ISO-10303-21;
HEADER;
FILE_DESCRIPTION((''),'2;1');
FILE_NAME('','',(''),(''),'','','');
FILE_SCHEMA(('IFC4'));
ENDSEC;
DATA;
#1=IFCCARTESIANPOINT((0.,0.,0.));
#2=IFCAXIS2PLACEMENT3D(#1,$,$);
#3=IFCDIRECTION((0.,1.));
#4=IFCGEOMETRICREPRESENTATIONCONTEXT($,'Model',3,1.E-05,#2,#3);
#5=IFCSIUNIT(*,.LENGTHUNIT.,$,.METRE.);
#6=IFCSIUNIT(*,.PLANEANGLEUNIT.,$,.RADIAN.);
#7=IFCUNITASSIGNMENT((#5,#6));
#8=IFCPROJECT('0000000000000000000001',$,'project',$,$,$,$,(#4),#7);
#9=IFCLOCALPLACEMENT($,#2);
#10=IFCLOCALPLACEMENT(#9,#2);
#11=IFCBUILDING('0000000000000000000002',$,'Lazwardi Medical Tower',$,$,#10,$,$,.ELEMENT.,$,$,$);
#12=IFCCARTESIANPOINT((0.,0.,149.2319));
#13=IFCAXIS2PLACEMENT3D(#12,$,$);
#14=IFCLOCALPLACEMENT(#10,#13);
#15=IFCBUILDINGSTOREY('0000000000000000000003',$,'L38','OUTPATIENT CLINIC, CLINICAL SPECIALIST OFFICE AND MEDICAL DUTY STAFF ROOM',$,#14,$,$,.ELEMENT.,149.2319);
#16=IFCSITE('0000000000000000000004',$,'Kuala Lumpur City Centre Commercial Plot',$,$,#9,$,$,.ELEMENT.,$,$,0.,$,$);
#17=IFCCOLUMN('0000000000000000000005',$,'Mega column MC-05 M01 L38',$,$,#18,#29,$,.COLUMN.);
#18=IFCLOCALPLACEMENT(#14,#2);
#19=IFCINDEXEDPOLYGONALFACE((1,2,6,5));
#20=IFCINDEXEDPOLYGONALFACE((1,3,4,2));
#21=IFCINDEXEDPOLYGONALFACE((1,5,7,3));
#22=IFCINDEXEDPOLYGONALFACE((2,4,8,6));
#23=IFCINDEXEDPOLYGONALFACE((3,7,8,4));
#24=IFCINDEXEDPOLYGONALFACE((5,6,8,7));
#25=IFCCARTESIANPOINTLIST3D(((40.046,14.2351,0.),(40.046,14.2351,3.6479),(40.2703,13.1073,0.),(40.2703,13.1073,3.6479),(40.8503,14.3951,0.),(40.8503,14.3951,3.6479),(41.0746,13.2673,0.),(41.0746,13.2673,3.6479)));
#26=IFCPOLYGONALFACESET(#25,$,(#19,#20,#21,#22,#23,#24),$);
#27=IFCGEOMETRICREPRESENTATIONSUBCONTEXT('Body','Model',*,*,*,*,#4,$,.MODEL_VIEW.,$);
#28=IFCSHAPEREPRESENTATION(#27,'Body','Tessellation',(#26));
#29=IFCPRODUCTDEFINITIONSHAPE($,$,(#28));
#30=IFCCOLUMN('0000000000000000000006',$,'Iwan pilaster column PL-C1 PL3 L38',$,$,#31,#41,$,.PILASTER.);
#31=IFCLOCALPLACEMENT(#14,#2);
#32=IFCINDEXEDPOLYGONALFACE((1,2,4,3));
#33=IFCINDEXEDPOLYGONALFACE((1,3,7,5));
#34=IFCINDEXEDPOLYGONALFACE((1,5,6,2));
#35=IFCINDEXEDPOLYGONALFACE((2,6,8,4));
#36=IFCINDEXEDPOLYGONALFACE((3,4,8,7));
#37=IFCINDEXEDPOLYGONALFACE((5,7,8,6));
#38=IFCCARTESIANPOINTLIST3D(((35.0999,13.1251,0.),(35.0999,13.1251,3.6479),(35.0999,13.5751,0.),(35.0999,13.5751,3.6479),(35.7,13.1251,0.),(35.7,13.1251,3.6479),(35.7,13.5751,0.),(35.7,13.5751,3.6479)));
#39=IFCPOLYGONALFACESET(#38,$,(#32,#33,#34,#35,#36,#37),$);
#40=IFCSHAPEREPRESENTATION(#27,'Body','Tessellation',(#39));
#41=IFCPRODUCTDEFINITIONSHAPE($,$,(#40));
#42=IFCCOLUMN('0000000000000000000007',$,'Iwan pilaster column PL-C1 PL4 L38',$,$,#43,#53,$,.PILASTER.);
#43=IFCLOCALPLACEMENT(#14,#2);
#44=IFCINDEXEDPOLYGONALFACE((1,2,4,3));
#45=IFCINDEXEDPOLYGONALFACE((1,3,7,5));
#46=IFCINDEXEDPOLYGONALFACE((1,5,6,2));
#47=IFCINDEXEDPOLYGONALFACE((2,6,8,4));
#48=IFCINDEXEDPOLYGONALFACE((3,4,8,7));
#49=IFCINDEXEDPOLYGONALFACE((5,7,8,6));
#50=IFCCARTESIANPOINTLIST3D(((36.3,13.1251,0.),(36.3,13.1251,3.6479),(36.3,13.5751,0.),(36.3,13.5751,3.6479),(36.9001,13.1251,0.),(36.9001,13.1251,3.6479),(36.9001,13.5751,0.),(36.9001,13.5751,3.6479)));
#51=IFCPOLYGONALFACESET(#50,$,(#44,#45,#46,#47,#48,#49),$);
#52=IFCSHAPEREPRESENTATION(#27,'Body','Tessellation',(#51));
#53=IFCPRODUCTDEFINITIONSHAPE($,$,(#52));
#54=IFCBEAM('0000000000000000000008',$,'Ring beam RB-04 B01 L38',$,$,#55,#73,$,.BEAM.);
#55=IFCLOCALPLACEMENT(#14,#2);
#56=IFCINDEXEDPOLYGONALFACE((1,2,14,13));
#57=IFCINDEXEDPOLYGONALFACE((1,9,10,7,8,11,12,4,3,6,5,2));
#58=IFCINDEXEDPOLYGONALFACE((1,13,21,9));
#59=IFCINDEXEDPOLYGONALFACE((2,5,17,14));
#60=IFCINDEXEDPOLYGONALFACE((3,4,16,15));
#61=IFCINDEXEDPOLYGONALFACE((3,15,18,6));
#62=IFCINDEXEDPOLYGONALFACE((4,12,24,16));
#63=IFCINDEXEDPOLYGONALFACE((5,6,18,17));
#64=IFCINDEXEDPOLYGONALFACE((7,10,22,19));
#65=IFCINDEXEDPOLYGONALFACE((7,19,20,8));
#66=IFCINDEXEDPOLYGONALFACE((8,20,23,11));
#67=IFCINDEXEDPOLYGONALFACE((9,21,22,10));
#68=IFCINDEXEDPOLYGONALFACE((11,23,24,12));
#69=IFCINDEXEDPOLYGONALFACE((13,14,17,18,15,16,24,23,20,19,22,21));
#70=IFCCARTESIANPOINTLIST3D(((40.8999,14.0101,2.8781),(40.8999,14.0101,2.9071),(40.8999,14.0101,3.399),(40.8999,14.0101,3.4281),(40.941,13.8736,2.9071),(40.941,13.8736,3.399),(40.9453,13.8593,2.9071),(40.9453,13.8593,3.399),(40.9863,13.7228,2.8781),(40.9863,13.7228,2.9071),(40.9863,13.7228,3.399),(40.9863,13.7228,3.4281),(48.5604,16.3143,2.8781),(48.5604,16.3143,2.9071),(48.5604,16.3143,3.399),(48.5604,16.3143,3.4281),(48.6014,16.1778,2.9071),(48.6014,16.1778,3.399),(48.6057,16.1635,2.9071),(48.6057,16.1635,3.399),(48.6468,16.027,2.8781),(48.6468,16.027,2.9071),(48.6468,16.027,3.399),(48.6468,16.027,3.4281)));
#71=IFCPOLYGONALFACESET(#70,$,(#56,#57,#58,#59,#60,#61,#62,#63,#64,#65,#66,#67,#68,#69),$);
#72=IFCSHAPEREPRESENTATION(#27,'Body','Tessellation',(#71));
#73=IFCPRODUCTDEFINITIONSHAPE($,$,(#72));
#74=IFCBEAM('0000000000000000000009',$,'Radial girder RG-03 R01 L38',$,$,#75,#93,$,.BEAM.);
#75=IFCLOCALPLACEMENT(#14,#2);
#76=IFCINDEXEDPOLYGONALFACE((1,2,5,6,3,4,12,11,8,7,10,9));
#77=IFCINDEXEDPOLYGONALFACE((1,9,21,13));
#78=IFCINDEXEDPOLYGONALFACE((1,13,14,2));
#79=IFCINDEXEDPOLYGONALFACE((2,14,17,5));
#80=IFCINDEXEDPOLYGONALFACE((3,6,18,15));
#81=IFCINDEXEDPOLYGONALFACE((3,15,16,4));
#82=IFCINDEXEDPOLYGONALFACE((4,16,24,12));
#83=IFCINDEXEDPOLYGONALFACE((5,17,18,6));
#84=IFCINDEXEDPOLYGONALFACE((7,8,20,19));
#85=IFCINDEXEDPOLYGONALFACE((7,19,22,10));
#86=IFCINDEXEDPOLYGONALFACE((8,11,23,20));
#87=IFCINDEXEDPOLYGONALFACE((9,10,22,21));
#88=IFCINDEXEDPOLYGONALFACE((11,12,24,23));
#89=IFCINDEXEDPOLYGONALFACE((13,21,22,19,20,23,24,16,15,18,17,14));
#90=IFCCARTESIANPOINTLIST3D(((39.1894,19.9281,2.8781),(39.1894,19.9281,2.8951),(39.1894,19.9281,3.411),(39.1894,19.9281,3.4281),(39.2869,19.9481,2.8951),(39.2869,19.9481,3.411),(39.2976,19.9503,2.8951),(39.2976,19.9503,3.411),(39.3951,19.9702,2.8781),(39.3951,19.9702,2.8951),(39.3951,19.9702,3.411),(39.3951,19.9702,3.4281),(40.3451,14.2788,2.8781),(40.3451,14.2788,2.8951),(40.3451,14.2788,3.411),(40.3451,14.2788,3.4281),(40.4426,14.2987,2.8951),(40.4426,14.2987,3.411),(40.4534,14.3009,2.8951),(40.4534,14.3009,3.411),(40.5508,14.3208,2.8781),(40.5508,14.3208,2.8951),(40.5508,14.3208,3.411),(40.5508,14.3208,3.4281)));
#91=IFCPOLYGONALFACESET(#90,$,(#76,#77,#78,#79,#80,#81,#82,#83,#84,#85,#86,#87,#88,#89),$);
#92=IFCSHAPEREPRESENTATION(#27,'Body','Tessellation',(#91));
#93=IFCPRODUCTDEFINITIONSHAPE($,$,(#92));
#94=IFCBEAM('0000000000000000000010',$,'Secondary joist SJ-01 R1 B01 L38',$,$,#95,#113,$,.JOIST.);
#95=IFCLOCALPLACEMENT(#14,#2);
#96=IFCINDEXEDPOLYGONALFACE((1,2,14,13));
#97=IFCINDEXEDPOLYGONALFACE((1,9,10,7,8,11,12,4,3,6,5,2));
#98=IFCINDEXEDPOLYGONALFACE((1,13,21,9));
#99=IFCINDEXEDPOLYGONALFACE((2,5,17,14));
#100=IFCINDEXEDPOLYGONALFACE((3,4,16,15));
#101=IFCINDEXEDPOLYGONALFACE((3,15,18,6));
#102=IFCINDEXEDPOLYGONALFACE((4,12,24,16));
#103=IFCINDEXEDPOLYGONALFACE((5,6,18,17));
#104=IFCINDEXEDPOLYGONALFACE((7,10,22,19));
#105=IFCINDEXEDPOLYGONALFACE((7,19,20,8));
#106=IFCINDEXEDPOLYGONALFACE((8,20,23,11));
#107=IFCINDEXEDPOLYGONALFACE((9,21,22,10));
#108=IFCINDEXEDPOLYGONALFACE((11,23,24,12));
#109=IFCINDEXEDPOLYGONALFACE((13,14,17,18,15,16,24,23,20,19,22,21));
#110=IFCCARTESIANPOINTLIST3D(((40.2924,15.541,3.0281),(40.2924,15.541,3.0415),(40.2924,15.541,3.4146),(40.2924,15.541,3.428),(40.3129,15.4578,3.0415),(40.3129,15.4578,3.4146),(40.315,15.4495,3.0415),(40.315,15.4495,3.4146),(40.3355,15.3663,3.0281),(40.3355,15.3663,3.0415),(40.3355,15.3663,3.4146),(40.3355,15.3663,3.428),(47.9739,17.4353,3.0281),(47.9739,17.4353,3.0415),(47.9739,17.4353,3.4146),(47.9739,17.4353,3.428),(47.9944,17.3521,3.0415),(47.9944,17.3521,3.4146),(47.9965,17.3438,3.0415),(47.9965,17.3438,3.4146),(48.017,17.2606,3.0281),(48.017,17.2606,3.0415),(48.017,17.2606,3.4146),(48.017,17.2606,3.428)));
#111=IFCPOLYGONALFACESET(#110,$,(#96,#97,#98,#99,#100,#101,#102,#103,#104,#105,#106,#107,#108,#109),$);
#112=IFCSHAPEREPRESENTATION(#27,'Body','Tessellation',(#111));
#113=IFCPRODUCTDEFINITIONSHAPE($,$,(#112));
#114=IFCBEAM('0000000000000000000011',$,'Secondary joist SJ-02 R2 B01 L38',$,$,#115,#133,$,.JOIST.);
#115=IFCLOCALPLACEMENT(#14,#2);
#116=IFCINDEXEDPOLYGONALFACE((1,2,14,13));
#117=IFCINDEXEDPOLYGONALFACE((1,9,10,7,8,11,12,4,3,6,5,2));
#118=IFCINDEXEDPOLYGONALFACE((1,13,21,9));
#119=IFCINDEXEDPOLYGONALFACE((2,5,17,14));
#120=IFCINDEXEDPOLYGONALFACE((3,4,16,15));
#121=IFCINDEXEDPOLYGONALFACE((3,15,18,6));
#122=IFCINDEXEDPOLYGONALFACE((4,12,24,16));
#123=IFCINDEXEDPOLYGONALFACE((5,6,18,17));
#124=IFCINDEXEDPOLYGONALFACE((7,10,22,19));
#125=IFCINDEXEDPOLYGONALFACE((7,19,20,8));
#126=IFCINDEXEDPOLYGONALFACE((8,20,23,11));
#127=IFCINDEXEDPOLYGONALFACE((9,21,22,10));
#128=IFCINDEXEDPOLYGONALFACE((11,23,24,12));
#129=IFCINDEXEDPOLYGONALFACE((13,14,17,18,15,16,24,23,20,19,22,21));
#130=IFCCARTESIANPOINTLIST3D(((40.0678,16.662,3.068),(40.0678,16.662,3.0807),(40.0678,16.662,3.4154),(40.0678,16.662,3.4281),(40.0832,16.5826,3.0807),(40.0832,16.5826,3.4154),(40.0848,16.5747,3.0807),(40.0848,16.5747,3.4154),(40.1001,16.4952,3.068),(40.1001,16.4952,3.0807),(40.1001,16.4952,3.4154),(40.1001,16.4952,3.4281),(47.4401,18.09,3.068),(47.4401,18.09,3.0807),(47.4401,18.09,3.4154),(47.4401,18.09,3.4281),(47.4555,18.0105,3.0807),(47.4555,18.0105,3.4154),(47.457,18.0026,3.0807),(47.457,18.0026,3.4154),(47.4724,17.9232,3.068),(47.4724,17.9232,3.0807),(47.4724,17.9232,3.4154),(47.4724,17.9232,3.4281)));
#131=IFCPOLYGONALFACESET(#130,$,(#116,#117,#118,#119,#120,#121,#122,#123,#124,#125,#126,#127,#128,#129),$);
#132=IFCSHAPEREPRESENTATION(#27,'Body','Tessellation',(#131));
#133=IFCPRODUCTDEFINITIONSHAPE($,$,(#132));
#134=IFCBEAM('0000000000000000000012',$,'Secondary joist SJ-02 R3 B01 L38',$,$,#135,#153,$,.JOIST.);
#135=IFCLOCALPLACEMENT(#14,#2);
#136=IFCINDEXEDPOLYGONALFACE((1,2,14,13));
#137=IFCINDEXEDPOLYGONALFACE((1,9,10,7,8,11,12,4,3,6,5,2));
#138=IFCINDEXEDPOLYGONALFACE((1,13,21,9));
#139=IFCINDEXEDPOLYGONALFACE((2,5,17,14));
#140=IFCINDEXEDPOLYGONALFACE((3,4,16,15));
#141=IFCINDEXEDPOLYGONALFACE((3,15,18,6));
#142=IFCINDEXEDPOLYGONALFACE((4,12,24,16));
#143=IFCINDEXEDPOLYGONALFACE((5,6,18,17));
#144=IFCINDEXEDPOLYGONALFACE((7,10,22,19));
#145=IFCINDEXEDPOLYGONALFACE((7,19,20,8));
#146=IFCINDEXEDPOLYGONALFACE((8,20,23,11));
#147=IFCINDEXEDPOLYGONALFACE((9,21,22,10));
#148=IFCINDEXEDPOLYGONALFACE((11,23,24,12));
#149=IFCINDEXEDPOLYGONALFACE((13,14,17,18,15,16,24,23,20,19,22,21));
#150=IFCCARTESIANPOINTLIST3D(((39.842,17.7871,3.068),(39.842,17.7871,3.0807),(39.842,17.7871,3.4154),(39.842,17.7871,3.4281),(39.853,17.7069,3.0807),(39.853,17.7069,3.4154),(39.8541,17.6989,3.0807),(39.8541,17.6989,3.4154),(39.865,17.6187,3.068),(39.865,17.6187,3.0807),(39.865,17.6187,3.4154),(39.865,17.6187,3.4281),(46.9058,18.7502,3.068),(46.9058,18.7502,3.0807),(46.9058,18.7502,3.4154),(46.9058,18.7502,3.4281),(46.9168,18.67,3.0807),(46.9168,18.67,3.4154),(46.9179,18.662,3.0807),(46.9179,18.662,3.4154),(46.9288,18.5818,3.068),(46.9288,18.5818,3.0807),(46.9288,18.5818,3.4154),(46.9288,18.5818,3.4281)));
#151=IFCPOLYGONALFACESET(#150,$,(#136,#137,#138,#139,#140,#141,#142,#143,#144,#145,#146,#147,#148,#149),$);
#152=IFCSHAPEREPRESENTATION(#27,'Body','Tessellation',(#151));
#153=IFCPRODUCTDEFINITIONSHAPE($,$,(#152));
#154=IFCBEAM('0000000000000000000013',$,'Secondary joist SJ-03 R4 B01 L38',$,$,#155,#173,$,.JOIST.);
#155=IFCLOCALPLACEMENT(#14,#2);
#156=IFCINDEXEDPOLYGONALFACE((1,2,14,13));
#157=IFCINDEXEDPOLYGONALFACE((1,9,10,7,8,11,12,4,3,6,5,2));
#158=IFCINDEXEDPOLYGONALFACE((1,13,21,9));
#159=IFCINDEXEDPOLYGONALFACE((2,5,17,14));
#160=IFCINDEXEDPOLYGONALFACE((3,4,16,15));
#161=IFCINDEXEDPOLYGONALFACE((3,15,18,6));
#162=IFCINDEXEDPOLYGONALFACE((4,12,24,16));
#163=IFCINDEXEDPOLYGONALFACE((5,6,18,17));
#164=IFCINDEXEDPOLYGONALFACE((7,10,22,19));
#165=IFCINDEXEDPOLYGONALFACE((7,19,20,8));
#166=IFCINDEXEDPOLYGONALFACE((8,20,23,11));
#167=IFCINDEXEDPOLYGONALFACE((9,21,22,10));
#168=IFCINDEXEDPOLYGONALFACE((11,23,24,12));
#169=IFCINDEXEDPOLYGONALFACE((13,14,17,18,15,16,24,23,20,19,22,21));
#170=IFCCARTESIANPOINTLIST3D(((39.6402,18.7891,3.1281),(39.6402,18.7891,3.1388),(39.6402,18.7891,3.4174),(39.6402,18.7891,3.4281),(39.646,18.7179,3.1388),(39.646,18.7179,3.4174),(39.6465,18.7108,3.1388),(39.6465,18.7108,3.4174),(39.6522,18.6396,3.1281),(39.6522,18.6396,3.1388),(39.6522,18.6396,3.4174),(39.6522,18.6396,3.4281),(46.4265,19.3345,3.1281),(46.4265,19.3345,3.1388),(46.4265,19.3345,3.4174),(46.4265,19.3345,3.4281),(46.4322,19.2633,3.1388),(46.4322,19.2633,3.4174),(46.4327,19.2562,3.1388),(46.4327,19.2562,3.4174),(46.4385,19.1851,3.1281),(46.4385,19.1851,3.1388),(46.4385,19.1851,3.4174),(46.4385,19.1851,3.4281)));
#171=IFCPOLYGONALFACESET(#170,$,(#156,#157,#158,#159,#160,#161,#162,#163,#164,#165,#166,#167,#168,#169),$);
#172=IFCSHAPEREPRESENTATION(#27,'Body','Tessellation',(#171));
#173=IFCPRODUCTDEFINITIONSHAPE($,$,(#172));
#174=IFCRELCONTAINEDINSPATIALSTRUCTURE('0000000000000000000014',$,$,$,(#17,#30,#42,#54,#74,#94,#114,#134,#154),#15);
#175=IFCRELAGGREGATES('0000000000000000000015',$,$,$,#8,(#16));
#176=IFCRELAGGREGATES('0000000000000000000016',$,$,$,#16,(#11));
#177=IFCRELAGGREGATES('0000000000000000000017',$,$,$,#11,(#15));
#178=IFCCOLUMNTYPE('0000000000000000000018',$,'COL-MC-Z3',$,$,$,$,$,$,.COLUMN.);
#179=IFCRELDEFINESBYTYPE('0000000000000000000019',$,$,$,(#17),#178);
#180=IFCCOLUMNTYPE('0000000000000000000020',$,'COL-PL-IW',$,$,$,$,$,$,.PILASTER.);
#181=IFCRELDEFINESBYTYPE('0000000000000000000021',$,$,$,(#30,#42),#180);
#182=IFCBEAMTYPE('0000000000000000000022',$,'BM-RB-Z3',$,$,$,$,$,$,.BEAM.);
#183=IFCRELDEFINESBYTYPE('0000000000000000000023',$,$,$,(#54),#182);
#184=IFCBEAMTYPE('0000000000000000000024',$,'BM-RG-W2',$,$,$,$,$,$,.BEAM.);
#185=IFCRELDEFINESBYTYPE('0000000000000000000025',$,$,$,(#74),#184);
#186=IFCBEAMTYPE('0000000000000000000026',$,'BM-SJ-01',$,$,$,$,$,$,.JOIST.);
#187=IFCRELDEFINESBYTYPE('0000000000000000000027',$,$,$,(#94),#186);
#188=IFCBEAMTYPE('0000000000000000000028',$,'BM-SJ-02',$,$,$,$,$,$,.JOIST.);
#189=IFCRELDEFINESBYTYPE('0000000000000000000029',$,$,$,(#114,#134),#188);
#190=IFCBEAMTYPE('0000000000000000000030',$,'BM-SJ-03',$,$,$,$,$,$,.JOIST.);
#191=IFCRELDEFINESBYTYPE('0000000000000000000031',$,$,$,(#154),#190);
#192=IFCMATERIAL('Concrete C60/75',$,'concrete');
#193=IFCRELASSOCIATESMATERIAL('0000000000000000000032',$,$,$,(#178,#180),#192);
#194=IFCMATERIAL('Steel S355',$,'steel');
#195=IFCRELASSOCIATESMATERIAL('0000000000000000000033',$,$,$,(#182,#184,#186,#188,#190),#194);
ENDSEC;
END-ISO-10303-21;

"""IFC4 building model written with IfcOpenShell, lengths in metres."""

from ifc_helpers import new_model, si_unit, direction, frame, origin, origin_2d, place, context, subcontext, project, spatial, rectangle, i_section, extrude, material, material_profile, profile_set, type_object, element, save


model = new_model("IFC4")

# Units and contexts
model_context = context("Model", 3, precision=1e-05, world=origin(), true_north=direction((0.0, 1.0)))
body_context = subcontext(model_context, "Body", "Model", "MODEL_VIEW")
ifc_project = project(units=[si_unit("LENGTHUNIT", "METRE"), si_unit("PLANEANGLEUNIT", "RADIAN")], contexts=[model_context])

# Site, building, storey
site_placement = place(None, origin())
site = spatial("IfcSite", under=ifc_project, at=site_placement, Name="Kuala Lumpur City Centre Commercial Plot", CompositionType="ELEMENT", RefElevation=0.0)
building_placement = place(site_placement, origin())
building = spatial("IfcBuilding", under=site, at=building_placement, Name="Lazwardi Medical Tower", CompositionType="ELEMENT")
storey_placement = place(building_placement, frame((0.0, 0.0, 149.2319)))
storey = spatial("IfcBuildingStorey", under=building, at=storey_placement, Name="L38", Description="OUTPATIENT CLINIC, CLINICAL SPECIALIST OFFICE AND MEDICAL DUTY STAFF ROOM", CompositionType="ELEMENT", Elevation=149.2319)

# Columns
ifc_material_1 = material(Name="Concrete C60/75", Category="concrete")
ifc_material_profile_1 = material_profile(ifc_material_1, rectangle(XDim=1.1499, YDim=0.8201, at=origin_2d()), Name="CFT-RECT 1150x820")
ifc_profile_set_1 = profile_set([ifc_material_profile_1], Name="Concrete C60/75")
column_type_1 = type_object("IfcColumnType", Name="COL-MC-Z3", PredefinedType="COLUMN", material=ifc_profile_set_1)
column_placement = place(storey_placement, frame((40.5603, 13.7512, 0.0), z_axis=(0.0, 0.0, 1.0), x_axis=(0.19509, -0.980785, 0.0)))
element("IfcColumn", 1, at=column_placement, inside=storey, type_object=column_type_1, Name="Mega column MC-05 M01 L38", PredefinedType="COLUMN", context=body_context, shape_type="SweptSolid", body=[
    extrude(rectangle(XDim=1.1499, YDim=0.8201, at=origin_2d()), origin(), (0.0, 0.0, 1.0), 3.6479),
])
ifc_material_profile_2 = material_profile(ifc_material_1, rectangle(XDim=0.6001, YDim=0.45, at=origin_2d()), Name="RC 600x450")
ifc_profile_set_2 = profile_set([ifc_material_profile_2], Name="Concrete C60/75")
column_type_2 = type_object("IfcColumnType", Name="COL-PL-IW", PredefinedType="PILASTER", material=ifc_profile_set_2)
for number, where, z_axis, x_axis, name in (
    (2, (35.3999, 13.3501, 0.0), (0.0, 0.0, 1.0), (1.0, 0.0, 0.0), "Iwan pilaster column PL-C1 PL3 L38"),
    (3, (36.6001, 13.3501, 0.0), (0.0, 0.0, 1.0), (1.0, 0.0, 0.0), "Iwan pilaster column PL-C1 PL4 L38"),
):
    element("IfcColumn", number, at=place(storey_placement, frame(where, z_axis=z_axis, x_axis=x_axis)), inside=storey, type_object=column_type_2, Name=name, PredefinedType="PILASTER", context=body_context, shape_type="SweptSolid", body=[
        extrude(rectangle(XDim=0.6001, YDim=0.45, at=origin_2d()), origin(), (0.0, 0.0, 1.0), 3.6479),
    ])

# Beams
ifc_material_2 = material(Name="Steel S355", Category="steel")
ifc_material_profile_3 = material_profile(ifc_material_2, i_section(OverallWidth=0.3, OverallDepth=0.55, WebThickness=0.0149, FlangeThickness=0.0291, at=origin_2d()), Name="HEB 550")
ifc_profile_set_3 = profile_set([ifc_material_profile_3], Name="Steel S355")
beam_type_1 = type_object("IfcBeamType", Name="BM-RB-Z3", PredefinedType="BEAM", material=ifc_profile_set_3)
beam_1_placement = place(storey_placement, frame((40.9431, 13.8665, 3.1531), z_axis=(0.957617, 0.288045, 0.0), x_axis=(-0.288045, 0.957617, 0.0)))
element("IfcBeam", 4, at=beam_1_placement, inside=storey, type_object=beam_type_1, Name="Ring beam RB-04 B01 L38", PredefinedType="BEAM", context=body_context, shape_type="SweptSolid", body=[
    extrude(i_section(OverallWidth=0.3, OverallDepth=0.55, WebThickness=0.0149, FlangeThickness=0.0291, at=origin_2d()), origin(), (0.0, 0.0, 1.0), 7.9995),
])
ifc_material_profile_4 = material_profile(ifc_material_2, i_section(OverallWidth=0.21, OverallDepth=0.55, WebThickness=0.011, FlangeThickness=0.0171, at=origin_2d()), Name="IPE 550")
ifc_profile_set_4 = profile_set([ifc_material_profile_4], Name="Steel S355")
beam_type_2 = type_object("IfcBeamType", Name="BM-RG-W2", PredefinedType="BEAM", material=ifc_profile_set_4)
beam_2_placement = place(storey_placement, frame((40.448, 14.2998, 3.1531), z_axis=(-0.200429, 0.979708, 0.0), x_axis=(-0.979708, -0.200429, 0.0)))
element("IfcBeam", 5, at=beam_2_placement, inside=storey, type_object=beam_type_2, Name="Radial girder RG-03 R01 L38", PredefinedType="BEAM", context=body_context, shape_type="SweptSolid", body=[
    extrude(i_section(OverallWidth=0.21, OverallDepth=0.55, WebThickness=0.011, FlangeThickness=0.0171, at=origin_2d()), origin(), (0.0, 0.0, 1.0), 5.7664),
])
ifc_material_profile_5 = material_profile(ifc_material_2, i_section(OverallWidth=0.1799, OverallDepth=0.3999, WebThickness=0.0085, FlangeThickness=0.0134, at=origin_2d()), Name="IPE 400")
ifc_profile_set_5 = profile_set([ifc_material_profile_5], Name="Steel S355")
beam_type_3 = type_object("IfcBeamType", Name="BM-SJ-01", PredefinedType="JOIST", material=ifc_profile_set_5)
beam_3_placement = place(storey_placement, frame((40.314, 15.4536, 3.228), z_axis=(0.970913, 0.239434, 0.0), x_axis=(-0.239434, 0.970913, 0.0)))
element("IfcBeam", 6, at=beam_3_placement, inside=storey, type_object=beam_type_3, Name="Secondary joist SJ-01 R1 B01 L38", PredefinedType="JOIST", context=body_context, shape_type="SweptSolid", body=[
    extrude(i_section(OverallWidth=0.1799, OverallDepth=0.3999, WebThickness=0.0085, FlangeThickness=0.0134, at=origin_2d()), origin(), (0.0, 0.0, 1.0), 7.9116),
])
ifc_material_profile_6 = material_profile(ifc_material_2, i_section(OverallWidth=0.1699, OverallDepth=0.3601, WebThickness=0.0081, FlangeThickness=0.0127, at=origin_2d()), Name="IPE 360")
ifc_profile_set_6 = profile_set([ifc_material_profile_6], Name="Steel S355")
beam_type_4 = type_object("IfcBeamType", Name="BM-SJ-02", PredefinedType="JOIST", material=ifc_profile_set_6)
beam_4_placement = place(storey_placement, frame((40.084, 16.5786, 3.248), z_axis=(0.981753, 0.19016, 0.0), x_axis=(-0.19016, 0.981753, 0.0)))
element("IfcBeam", 7, at=beam_4_placement, inside=storey, type_object=beam_type_4, Name="Secondary joist SJ-02 R2 B01 L38", PredefinedType="JOIST", context=body_context, shape_type="SweptSolid", body=[
    extrude(i_section(OverallWidth=0.1699, OverallDepth=0.3601, WebThickness=0.0081, FlangeThickness=0.0127, at=origin_2d()), origin(), (0.0, 0.0, 1.0), 7.5093),
])
beam_5_placement = place(storey_placement, frame((39.8535, 17.7029, 3.248), z_axis=(0.990832, 0.135099, 0.0), x_axis=(-0.135099, 0.990832, 0.0)))
element("IfcBeam", 8, at=beam_5_placement, inside=storey, type_object=beam_type_4, Name="Secondary joist SJ-02 R3 B01 L38", PredefinedType="JOIST", context=body_context, shape_type="SweptSolid", body=[
    extrude(i_section(OverallWidth=0.1699, OverallDepth=0.3601, WebThickness=0.0081, FlangeThickness=0.0127, at=origin_2d()), origin(), (0.0, 0.0, 1.0), 7.1292),
])
ifc_material_profile_7 = material_profile(ifc_material_2, i_section(OverallWidth=0.1499, OverallDepth=0.3, WebThickness=0.0071, FlangeThickness=0.0107, at=origin_2d()), Name="IPE 300")
ifc_profile_set_7 = profile_set([ifc_material_profile_7], Name="Steel S355")
beam_type_5 = type_object("IfcBeamType", Name="BM-SJ-03", PredefinedType="JOIST", material=ifc_profile_set_7)
beam_6_placement = place(storey_placement, frame((39.6462, 18.7144, 3.2781), z_axis=(0.996786, 0.080113, 0.0), x_axis=(-0.080113, 0.996786, 0.0)))
element("IfcBeam", 9, at=beam_6_placement, inside=storey, type_object=beam_type_5, Name="Secondary joist SJ-03 R4 B01 L38", PredefinedType="JOIST", context=body_context, shape_type="SweptSolid", body=[
    extrude(i_section(OverallWidth=0.1499, OverallDepth=0.3, WebThickness=0.0071, FlangeThickness=0.0107, at=origin_2d()), origin(), (0.0, 0.0, 1.0), 6.8081),
])

save(model, "model.ifc")
